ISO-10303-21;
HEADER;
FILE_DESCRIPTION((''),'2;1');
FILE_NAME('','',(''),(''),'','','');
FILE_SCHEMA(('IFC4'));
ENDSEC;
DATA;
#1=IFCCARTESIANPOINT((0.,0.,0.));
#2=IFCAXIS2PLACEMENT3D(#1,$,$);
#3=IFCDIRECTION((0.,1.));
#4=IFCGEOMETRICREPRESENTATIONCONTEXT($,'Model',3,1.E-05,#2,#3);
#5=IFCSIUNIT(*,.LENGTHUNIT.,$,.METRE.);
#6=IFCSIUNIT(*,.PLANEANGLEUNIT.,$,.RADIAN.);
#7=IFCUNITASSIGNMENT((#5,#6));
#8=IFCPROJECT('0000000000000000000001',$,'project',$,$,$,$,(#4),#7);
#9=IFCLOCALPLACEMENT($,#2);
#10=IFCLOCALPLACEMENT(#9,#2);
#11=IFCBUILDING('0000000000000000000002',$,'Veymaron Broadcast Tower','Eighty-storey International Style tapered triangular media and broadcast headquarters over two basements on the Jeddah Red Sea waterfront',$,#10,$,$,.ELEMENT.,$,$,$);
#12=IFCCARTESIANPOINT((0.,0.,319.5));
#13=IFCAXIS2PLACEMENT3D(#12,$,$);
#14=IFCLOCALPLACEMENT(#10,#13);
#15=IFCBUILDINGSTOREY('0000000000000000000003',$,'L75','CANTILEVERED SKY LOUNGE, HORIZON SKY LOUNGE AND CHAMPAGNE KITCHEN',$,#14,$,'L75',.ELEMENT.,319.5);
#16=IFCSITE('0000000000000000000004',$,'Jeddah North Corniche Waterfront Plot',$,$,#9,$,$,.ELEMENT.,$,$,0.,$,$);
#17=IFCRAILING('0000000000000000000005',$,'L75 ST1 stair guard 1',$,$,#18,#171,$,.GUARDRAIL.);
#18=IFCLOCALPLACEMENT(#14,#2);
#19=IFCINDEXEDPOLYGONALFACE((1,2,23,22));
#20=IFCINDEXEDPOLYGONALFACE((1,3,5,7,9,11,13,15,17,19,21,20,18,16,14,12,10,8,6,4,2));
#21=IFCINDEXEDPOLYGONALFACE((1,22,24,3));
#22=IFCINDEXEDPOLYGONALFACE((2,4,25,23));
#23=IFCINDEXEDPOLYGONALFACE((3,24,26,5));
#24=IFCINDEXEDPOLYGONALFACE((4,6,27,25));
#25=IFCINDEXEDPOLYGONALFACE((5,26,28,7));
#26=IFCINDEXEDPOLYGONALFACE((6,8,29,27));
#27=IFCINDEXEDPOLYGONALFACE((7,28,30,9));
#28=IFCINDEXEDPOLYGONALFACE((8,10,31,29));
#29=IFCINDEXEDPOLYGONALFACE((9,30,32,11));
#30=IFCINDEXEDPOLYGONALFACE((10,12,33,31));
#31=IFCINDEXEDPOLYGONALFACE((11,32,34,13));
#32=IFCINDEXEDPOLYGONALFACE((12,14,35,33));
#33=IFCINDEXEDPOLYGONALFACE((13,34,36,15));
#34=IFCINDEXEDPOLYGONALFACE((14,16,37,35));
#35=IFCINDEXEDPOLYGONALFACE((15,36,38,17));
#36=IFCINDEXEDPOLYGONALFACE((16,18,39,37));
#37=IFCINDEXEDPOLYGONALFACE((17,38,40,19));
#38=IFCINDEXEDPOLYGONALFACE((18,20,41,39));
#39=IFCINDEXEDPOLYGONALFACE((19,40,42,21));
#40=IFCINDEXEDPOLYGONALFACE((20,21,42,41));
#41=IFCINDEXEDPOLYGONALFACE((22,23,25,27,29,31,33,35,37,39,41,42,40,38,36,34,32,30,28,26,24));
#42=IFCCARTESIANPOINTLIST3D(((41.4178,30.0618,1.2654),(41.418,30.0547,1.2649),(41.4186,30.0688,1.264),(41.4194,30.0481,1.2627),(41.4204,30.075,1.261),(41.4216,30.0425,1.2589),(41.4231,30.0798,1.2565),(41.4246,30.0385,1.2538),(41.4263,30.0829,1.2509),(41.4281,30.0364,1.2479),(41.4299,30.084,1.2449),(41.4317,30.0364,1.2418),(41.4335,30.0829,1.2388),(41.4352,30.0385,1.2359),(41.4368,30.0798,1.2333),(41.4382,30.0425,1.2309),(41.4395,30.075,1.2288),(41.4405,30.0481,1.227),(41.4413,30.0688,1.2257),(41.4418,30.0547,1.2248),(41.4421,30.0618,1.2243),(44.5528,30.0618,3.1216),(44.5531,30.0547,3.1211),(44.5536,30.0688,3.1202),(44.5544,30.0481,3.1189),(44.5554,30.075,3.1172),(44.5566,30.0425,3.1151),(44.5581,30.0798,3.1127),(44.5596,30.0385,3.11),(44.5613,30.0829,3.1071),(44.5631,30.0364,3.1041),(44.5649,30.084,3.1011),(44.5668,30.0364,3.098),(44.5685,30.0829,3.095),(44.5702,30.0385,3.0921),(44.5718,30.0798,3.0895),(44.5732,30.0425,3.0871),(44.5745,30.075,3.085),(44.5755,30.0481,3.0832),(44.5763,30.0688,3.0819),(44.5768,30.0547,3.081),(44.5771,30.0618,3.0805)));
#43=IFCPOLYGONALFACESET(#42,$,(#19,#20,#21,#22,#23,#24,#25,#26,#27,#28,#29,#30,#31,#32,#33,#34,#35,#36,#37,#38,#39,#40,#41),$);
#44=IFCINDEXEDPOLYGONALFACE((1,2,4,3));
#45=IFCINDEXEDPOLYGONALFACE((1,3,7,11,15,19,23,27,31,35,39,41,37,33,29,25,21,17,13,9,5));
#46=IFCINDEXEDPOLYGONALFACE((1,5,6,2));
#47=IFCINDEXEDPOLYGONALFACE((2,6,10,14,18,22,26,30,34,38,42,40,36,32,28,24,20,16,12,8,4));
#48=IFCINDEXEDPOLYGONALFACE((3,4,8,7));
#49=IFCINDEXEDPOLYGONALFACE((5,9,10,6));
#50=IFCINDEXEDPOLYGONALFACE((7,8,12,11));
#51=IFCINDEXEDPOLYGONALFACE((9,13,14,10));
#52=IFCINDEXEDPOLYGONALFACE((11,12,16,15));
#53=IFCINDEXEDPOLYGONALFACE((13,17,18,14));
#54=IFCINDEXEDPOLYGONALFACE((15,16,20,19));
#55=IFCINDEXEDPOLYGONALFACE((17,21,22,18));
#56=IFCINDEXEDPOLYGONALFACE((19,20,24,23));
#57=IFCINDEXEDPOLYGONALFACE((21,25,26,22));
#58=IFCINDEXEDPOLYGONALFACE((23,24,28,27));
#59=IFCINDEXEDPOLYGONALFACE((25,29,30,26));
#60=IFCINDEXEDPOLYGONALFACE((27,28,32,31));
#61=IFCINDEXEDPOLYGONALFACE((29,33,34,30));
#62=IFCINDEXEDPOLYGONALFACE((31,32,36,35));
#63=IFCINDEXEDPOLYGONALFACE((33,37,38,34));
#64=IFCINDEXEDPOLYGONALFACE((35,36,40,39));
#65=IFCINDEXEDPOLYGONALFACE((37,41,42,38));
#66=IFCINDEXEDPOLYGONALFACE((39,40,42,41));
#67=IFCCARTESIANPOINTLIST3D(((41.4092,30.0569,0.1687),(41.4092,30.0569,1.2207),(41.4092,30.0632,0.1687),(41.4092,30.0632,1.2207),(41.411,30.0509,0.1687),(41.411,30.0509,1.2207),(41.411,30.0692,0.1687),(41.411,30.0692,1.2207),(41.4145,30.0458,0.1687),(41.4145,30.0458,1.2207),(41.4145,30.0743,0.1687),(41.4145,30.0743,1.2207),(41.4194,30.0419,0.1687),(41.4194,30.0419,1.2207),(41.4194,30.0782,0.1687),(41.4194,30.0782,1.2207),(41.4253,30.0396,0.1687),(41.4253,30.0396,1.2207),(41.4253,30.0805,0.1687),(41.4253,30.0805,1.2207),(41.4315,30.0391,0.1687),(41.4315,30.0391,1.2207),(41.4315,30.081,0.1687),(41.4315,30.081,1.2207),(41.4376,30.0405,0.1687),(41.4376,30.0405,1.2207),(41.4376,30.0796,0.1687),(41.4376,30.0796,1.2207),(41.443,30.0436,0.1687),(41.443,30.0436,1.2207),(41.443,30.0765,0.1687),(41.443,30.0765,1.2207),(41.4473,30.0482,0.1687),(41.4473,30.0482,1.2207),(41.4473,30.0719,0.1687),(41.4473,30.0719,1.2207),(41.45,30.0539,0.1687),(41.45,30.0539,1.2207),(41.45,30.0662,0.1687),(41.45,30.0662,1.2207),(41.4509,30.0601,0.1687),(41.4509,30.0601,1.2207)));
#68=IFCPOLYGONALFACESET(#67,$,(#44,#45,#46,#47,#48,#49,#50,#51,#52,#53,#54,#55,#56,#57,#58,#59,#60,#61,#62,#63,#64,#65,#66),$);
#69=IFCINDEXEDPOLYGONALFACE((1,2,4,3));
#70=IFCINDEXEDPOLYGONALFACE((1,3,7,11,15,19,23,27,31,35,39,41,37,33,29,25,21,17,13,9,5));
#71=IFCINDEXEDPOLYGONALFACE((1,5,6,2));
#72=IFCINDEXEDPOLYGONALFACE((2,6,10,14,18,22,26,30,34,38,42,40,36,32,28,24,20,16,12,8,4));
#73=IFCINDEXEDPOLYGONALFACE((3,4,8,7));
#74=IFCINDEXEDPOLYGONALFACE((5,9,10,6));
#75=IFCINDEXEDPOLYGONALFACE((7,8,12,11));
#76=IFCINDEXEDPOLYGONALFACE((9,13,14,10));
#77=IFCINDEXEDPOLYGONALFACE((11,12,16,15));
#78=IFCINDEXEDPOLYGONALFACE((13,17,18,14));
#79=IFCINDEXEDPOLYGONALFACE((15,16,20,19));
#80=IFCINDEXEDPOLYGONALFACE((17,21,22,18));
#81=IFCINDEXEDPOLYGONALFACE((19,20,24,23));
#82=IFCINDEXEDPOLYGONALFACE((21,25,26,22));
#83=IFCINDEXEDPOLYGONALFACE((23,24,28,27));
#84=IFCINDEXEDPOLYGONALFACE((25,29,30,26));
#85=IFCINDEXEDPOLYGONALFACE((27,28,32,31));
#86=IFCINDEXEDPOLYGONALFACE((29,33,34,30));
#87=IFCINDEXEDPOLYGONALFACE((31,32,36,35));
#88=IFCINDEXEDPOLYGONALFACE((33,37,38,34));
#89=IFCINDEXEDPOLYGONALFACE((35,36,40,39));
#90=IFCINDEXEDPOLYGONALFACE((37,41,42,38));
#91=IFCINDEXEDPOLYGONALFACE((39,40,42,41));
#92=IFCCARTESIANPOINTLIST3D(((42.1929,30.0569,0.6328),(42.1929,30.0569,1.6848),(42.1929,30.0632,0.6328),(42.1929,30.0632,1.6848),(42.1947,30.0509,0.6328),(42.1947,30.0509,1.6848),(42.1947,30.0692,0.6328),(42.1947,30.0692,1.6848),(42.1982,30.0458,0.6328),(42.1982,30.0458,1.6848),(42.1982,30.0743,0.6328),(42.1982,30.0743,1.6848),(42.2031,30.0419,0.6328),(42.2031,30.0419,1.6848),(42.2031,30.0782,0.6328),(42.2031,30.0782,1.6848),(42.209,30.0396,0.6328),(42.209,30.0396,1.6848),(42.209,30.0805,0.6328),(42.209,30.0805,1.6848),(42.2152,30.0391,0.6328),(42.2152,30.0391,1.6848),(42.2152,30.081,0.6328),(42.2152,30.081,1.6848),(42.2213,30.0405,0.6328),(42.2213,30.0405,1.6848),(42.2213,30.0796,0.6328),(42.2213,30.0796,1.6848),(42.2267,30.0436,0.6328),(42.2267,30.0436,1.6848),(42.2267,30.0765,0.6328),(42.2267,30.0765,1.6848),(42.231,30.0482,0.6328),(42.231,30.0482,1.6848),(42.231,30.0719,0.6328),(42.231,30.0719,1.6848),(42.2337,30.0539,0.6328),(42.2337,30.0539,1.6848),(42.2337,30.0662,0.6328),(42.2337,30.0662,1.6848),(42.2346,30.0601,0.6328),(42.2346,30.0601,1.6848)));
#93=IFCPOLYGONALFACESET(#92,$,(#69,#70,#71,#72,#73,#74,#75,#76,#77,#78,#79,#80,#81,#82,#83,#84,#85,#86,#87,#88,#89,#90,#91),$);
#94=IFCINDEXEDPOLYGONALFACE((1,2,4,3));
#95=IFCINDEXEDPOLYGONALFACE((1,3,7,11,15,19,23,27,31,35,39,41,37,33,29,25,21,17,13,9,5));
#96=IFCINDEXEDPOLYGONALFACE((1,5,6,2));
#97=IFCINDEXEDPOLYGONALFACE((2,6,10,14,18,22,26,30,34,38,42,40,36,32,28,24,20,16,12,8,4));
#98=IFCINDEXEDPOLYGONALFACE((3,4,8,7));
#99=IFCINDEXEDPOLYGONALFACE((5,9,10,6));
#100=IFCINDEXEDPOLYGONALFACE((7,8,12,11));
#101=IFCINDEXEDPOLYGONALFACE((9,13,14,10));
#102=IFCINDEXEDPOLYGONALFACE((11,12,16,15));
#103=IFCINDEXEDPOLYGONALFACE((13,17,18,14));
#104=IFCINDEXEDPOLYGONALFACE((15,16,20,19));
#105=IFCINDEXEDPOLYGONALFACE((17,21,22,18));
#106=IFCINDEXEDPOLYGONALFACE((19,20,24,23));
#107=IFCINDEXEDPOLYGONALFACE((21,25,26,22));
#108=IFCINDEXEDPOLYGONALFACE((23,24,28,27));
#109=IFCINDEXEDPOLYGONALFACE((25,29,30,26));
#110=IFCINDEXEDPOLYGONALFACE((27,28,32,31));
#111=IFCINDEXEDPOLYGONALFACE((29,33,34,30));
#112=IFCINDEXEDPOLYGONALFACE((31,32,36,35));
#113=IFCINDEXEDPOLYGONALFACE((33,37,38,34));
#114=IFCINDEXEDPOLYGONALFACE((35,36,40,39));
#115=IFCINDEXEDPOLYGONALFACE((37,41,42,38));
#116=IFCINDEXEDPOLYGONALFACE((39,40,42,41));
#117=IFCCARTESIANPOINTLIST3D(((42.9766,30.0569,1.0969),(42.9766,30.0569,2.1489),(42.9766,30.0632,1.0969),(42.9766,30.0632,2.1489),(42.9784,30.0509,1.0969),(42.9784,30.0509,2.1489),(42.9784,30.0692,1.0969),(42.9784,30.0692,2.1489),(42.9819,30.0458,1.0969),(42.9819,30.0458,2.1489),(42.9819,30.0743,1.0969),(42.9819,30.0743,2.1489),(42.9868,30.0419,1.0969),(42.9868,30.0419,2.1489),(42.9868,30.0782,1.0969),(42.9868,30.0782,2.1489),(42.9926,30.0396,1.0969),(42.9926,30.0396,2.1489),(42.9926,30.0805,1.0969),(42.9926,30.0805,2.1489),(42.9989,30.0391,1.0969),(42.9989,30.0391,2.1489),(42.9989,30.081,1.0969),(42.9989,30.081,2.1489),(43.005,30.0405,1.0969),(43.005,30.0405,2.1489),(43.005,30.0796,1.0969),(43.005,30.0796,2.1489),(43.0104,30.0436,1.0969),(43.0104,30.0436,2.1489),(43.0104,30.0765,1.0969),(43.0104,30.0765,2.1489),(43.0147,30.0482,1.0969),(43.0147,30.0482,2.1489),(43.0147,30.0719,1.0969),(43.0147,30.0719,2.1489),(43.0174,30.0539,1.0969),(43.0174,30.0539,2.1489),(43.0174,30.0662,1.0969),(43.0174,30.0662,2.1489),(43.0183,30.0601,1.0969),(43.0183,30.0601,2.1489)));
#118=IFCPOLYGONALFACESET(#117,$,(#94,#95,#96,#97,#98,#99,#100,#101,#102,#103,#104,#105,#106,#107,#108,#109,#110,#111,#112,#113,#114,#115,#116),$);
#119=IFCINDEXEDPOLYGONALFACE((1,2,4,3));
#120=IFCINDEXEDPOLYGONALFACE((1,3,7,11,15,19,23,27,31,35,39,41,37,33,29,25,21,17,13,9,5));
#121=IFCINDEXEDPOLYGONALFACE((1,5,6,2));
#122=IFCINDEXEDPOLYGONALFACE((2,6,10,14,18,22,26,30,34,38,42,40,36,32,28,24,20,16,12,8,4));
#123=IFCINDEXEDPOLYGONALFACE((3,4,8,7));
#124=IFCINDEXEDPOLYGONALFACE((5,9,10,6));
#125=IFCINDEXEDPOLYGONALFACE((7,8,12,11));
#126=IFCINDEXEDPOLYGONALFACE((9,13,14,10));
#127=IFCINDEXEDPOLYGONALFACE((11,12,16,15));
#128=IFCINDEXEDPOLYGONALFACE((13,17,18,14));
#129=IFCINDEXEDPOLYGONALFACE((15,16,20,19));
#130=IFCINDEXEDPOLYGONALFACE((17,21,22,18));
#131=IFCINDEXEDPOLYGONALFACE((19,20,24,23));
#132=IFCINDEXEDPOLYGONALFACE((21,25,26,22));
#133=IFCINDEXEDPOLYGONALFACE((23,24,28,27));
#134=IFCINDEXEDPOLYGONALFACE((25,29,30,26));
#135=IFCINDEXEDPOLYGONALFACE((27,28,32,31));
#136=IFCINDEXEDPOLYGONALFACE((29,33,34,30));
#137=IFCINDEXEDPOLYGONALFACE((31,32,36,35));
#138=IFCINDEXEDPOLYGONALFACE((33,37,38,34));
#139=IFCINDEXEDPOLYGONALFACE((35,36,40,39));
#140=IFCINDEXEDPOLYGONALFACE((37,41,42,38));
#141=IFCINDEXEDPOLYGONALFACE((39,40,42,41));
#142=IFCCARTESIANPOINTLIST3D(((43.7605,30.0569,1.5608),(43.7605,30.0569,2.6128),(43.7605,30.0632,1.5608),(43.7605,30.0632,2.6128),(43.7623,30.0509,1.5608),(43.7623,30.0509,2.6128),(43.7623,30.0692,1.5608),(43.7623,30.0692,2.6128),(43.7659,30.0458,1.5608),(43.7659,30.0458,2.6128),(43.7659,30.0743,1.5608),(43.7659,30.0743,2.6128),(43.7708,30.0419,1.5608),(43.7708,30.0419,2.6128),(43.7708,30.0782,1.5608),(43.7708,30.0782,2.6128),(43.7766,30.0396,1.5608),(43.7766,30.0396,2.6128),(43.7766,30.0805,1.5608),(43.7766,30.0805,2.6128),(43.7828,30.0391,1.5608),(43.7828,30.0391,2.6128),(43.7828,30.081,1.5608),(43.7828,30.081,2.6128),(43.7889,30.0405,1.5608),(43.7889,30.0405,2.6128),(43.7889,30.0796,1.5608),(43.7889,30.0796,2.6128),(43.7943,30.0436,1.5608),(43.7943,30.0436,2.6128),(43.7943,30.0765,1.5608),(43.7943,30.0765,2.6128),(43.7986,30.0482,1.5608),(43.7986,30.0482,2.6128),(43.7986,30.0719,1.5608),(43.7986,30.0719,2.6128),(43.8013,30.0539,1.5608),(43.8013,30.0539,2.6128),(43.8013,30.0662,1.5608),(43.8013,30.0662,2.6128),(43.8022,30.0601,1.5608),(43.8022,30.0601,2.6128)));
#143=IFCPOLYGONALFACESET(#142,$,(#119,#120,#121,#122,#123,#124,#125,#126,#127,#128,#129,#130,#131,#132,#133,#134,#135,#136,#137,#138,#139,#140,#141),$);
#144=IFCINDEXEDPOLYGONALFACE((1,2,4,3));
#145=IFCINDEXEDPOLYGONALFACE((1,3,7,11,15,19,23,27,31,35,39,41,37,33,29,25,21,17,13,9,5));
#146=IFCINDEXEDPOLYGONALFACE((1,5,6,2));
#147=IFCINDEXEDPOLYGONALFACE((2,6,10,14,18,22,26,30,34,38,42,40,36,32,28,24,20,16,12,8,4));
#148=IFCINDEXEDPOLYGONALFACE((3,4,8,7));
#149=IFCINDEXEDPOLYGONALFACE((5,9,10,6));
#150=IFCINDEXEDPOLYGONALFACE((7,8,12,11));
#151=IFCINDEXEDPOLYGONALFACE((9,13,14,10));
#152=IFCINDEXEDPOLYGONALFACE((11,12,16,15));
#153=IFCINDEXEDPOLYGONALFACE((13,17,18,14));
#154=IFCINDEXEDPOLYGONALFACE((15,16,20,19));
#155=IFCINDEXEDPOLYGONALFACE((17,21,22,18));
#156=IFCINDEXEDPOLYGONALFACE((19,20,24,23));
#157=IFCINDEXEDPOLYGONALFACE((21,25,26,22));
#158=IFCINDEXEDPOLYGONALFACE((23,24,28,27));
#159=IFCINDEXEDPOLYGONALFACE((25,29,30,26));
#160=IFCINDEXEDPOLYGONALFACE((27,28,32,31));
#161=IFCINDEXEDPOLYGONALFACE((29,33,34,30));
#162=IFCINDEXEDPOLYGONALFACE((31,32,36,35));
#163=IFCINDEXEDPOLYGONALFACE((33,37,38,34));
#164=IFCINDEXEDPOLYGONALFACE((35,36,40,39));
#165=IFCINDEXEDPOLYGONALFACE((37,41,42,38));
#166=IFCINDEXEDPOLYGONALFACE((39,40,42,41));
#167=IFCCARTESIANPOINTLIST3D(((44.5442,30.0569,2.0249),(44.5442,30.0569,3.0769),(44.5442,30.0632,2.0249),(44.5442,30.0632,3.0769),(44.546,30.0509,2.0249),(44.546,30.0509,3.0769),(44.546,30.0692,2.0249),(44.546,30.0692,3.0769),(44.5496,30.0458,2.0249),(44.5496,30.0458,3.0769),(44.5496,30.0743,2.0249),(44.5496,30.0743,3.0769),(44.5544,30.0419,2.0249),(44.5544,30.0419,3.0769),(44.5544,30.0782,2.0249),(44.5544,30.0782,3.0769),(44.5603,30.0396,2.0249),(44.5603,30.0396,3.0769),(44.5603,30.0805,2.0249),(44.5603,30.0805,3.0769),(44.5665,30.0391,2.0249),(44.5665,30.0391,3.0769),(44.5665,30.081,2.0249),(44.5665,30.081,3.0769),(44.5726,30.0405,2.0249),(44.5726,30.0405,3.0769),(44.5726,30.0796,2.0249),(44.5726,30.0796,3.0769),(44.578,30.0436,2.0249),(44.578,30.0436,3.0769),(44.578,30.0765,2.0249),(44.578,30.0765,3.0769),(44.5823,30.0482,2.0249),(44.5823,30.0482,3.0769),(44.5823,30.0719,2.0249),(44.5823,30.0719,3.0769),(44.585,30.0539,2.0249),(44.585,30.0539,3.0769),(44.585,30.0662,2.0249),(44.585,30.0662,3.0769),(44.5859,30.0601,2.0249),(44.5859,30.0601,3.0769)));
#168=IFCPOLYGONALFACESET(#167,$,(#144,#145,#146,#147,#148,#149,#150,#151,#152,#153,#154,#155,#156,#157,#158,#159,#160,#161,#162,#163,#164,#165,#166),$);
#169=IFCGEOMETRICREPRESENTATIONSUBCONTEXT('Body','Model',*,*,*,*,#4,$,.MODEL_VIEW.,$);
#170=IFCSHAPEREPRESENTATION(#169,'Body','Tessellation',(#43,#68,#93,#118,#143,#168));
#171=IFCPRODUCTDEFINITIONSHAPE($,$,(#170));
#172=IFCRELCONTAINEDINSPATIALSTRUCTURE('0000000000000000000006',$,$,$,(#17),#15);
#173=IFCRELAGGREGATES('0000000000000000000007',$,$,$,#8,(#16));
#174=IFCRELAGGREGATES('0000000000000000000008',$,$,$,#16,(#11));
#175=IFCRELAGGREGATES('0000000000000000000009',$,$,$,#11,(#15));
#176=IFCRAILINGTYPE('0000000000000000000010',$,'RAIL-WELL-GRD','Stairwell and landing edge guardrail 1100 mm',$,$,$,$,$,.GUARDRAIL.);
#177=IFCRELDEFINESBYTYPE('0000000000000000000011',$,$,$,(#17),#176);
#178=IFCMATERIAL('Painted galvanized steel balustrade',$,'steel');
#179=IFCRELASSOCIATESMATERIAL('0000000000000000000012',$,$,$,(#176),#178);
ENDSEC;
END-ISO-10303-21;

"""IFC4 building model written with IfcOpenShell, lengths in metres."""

from ifc_helpers import new_model, si_unit, direction, frame, origin, origin_2d, place, context, subcontext, project, spatial, circle, extrude, material, type_object, element, save


model = new_model("IFC4")

# Units and contexts
model_context = context("Model", 3, precision=1e-05, world=origin(), true_north=direction((0.0, 1.0)))
body_context = subcontext(model_context, "Body", "Model", "MODEL_VIEW")
ifc_project = project(units=[si_unit("LENGTHUNIT", "METRE"), si_unit("PLANEANGLEUNIT", "RADIAN")], contexts=[model_context])

# Site, building, storey
site_placement = place(None, origin())
site = spatial("IfcSite", under=ifc_project, at=site_placement, Name="Jeddah North Corniche Waterfront Plot", CompositionType="ELEMENT", RefElevation=0.0)
building_placement = place(site_placement, origin())
building = spatial("IfcBuilding", under=site, at=building_placement, Name="Veymaron Broadcast Tower", Description="Eighty-storey International Style tapered triangular media and broadcast headquarters over two basements on the Jeddah Red Sea waterfront", CompositionType="ELEMENT")
storey_placement = place(building_placement, frame((0.0, 0.0, 319.5)))
storey = spatial("IfcBuildingStorey", under=building, at=storey_placement, Name="L75", Description="CANTILEVERED SKY LOUNGE, HORIZON SKY LOUNGE AND CHAMPAGNE KITCHEN", LongName="L75", CompositionType="ELEMENT", Elevation=319.5)

# Railing
ifc_material_1 = material(Name="Painted galvanized steel balustrade", Category="steel")
railing_type_1 = type_object("IfcRailingType", Name="RAIL-WELL-GRD", Description="Stairwell and landing edge guardrail 1100 mm", PredefinedType="GUARDRAIL", material=ifc_material_1)
railing_1_placement = place(storey_placement, frame((41.4299, 30.0601, 0.1687)))
element("IfcRailing", 1, at=railing_1_placement, inside=storey, type_object=railing_type_1, Name="L75 ST1 stair guard 1", PredefinedType="GUARDRAIL", context=body_context, shape_type="SweptSolid", body=[
    extrude(circle(Radius=0.0239, at=origin_2d()), frame((0.0, 0.0, 1.0762), z_axis=(0.860482, 0.0, 0.509481), x_axis=(0.0, 1.0, 0.0)), (0.0, 0.0, 1.0), 3.6433),
    extrude(circle(Radius=0.021, at=origin_2d()), origin(), (0.0, 0.0, 1.0), 1.052),
    extrude(circle(Radius=0.021, at=origin_2d()), frame((0.7837, 0.0, 0.4641)), (0.0, 0.0, 1.0), 1.052),
    extrude(circle(Radius=0.021, at=origin_2d()), frame((1.5674, 0.0, 0.9282)), (0.0, 0.0, 1.0), 1.052),
    extrude(circle(Radius=0.021, at=origin_2d()), frame((2.3513, 0.0, 1.3921)), (0.0, 0.0, 1.0), 1.052),
    extrude(circle(Radius=0.021, at=origin_2d()), frame((3.135, 0.0, 1.8562)), (0.0, 0.0, 1.0), 1.052),
])

save(model, "model.ifc")
